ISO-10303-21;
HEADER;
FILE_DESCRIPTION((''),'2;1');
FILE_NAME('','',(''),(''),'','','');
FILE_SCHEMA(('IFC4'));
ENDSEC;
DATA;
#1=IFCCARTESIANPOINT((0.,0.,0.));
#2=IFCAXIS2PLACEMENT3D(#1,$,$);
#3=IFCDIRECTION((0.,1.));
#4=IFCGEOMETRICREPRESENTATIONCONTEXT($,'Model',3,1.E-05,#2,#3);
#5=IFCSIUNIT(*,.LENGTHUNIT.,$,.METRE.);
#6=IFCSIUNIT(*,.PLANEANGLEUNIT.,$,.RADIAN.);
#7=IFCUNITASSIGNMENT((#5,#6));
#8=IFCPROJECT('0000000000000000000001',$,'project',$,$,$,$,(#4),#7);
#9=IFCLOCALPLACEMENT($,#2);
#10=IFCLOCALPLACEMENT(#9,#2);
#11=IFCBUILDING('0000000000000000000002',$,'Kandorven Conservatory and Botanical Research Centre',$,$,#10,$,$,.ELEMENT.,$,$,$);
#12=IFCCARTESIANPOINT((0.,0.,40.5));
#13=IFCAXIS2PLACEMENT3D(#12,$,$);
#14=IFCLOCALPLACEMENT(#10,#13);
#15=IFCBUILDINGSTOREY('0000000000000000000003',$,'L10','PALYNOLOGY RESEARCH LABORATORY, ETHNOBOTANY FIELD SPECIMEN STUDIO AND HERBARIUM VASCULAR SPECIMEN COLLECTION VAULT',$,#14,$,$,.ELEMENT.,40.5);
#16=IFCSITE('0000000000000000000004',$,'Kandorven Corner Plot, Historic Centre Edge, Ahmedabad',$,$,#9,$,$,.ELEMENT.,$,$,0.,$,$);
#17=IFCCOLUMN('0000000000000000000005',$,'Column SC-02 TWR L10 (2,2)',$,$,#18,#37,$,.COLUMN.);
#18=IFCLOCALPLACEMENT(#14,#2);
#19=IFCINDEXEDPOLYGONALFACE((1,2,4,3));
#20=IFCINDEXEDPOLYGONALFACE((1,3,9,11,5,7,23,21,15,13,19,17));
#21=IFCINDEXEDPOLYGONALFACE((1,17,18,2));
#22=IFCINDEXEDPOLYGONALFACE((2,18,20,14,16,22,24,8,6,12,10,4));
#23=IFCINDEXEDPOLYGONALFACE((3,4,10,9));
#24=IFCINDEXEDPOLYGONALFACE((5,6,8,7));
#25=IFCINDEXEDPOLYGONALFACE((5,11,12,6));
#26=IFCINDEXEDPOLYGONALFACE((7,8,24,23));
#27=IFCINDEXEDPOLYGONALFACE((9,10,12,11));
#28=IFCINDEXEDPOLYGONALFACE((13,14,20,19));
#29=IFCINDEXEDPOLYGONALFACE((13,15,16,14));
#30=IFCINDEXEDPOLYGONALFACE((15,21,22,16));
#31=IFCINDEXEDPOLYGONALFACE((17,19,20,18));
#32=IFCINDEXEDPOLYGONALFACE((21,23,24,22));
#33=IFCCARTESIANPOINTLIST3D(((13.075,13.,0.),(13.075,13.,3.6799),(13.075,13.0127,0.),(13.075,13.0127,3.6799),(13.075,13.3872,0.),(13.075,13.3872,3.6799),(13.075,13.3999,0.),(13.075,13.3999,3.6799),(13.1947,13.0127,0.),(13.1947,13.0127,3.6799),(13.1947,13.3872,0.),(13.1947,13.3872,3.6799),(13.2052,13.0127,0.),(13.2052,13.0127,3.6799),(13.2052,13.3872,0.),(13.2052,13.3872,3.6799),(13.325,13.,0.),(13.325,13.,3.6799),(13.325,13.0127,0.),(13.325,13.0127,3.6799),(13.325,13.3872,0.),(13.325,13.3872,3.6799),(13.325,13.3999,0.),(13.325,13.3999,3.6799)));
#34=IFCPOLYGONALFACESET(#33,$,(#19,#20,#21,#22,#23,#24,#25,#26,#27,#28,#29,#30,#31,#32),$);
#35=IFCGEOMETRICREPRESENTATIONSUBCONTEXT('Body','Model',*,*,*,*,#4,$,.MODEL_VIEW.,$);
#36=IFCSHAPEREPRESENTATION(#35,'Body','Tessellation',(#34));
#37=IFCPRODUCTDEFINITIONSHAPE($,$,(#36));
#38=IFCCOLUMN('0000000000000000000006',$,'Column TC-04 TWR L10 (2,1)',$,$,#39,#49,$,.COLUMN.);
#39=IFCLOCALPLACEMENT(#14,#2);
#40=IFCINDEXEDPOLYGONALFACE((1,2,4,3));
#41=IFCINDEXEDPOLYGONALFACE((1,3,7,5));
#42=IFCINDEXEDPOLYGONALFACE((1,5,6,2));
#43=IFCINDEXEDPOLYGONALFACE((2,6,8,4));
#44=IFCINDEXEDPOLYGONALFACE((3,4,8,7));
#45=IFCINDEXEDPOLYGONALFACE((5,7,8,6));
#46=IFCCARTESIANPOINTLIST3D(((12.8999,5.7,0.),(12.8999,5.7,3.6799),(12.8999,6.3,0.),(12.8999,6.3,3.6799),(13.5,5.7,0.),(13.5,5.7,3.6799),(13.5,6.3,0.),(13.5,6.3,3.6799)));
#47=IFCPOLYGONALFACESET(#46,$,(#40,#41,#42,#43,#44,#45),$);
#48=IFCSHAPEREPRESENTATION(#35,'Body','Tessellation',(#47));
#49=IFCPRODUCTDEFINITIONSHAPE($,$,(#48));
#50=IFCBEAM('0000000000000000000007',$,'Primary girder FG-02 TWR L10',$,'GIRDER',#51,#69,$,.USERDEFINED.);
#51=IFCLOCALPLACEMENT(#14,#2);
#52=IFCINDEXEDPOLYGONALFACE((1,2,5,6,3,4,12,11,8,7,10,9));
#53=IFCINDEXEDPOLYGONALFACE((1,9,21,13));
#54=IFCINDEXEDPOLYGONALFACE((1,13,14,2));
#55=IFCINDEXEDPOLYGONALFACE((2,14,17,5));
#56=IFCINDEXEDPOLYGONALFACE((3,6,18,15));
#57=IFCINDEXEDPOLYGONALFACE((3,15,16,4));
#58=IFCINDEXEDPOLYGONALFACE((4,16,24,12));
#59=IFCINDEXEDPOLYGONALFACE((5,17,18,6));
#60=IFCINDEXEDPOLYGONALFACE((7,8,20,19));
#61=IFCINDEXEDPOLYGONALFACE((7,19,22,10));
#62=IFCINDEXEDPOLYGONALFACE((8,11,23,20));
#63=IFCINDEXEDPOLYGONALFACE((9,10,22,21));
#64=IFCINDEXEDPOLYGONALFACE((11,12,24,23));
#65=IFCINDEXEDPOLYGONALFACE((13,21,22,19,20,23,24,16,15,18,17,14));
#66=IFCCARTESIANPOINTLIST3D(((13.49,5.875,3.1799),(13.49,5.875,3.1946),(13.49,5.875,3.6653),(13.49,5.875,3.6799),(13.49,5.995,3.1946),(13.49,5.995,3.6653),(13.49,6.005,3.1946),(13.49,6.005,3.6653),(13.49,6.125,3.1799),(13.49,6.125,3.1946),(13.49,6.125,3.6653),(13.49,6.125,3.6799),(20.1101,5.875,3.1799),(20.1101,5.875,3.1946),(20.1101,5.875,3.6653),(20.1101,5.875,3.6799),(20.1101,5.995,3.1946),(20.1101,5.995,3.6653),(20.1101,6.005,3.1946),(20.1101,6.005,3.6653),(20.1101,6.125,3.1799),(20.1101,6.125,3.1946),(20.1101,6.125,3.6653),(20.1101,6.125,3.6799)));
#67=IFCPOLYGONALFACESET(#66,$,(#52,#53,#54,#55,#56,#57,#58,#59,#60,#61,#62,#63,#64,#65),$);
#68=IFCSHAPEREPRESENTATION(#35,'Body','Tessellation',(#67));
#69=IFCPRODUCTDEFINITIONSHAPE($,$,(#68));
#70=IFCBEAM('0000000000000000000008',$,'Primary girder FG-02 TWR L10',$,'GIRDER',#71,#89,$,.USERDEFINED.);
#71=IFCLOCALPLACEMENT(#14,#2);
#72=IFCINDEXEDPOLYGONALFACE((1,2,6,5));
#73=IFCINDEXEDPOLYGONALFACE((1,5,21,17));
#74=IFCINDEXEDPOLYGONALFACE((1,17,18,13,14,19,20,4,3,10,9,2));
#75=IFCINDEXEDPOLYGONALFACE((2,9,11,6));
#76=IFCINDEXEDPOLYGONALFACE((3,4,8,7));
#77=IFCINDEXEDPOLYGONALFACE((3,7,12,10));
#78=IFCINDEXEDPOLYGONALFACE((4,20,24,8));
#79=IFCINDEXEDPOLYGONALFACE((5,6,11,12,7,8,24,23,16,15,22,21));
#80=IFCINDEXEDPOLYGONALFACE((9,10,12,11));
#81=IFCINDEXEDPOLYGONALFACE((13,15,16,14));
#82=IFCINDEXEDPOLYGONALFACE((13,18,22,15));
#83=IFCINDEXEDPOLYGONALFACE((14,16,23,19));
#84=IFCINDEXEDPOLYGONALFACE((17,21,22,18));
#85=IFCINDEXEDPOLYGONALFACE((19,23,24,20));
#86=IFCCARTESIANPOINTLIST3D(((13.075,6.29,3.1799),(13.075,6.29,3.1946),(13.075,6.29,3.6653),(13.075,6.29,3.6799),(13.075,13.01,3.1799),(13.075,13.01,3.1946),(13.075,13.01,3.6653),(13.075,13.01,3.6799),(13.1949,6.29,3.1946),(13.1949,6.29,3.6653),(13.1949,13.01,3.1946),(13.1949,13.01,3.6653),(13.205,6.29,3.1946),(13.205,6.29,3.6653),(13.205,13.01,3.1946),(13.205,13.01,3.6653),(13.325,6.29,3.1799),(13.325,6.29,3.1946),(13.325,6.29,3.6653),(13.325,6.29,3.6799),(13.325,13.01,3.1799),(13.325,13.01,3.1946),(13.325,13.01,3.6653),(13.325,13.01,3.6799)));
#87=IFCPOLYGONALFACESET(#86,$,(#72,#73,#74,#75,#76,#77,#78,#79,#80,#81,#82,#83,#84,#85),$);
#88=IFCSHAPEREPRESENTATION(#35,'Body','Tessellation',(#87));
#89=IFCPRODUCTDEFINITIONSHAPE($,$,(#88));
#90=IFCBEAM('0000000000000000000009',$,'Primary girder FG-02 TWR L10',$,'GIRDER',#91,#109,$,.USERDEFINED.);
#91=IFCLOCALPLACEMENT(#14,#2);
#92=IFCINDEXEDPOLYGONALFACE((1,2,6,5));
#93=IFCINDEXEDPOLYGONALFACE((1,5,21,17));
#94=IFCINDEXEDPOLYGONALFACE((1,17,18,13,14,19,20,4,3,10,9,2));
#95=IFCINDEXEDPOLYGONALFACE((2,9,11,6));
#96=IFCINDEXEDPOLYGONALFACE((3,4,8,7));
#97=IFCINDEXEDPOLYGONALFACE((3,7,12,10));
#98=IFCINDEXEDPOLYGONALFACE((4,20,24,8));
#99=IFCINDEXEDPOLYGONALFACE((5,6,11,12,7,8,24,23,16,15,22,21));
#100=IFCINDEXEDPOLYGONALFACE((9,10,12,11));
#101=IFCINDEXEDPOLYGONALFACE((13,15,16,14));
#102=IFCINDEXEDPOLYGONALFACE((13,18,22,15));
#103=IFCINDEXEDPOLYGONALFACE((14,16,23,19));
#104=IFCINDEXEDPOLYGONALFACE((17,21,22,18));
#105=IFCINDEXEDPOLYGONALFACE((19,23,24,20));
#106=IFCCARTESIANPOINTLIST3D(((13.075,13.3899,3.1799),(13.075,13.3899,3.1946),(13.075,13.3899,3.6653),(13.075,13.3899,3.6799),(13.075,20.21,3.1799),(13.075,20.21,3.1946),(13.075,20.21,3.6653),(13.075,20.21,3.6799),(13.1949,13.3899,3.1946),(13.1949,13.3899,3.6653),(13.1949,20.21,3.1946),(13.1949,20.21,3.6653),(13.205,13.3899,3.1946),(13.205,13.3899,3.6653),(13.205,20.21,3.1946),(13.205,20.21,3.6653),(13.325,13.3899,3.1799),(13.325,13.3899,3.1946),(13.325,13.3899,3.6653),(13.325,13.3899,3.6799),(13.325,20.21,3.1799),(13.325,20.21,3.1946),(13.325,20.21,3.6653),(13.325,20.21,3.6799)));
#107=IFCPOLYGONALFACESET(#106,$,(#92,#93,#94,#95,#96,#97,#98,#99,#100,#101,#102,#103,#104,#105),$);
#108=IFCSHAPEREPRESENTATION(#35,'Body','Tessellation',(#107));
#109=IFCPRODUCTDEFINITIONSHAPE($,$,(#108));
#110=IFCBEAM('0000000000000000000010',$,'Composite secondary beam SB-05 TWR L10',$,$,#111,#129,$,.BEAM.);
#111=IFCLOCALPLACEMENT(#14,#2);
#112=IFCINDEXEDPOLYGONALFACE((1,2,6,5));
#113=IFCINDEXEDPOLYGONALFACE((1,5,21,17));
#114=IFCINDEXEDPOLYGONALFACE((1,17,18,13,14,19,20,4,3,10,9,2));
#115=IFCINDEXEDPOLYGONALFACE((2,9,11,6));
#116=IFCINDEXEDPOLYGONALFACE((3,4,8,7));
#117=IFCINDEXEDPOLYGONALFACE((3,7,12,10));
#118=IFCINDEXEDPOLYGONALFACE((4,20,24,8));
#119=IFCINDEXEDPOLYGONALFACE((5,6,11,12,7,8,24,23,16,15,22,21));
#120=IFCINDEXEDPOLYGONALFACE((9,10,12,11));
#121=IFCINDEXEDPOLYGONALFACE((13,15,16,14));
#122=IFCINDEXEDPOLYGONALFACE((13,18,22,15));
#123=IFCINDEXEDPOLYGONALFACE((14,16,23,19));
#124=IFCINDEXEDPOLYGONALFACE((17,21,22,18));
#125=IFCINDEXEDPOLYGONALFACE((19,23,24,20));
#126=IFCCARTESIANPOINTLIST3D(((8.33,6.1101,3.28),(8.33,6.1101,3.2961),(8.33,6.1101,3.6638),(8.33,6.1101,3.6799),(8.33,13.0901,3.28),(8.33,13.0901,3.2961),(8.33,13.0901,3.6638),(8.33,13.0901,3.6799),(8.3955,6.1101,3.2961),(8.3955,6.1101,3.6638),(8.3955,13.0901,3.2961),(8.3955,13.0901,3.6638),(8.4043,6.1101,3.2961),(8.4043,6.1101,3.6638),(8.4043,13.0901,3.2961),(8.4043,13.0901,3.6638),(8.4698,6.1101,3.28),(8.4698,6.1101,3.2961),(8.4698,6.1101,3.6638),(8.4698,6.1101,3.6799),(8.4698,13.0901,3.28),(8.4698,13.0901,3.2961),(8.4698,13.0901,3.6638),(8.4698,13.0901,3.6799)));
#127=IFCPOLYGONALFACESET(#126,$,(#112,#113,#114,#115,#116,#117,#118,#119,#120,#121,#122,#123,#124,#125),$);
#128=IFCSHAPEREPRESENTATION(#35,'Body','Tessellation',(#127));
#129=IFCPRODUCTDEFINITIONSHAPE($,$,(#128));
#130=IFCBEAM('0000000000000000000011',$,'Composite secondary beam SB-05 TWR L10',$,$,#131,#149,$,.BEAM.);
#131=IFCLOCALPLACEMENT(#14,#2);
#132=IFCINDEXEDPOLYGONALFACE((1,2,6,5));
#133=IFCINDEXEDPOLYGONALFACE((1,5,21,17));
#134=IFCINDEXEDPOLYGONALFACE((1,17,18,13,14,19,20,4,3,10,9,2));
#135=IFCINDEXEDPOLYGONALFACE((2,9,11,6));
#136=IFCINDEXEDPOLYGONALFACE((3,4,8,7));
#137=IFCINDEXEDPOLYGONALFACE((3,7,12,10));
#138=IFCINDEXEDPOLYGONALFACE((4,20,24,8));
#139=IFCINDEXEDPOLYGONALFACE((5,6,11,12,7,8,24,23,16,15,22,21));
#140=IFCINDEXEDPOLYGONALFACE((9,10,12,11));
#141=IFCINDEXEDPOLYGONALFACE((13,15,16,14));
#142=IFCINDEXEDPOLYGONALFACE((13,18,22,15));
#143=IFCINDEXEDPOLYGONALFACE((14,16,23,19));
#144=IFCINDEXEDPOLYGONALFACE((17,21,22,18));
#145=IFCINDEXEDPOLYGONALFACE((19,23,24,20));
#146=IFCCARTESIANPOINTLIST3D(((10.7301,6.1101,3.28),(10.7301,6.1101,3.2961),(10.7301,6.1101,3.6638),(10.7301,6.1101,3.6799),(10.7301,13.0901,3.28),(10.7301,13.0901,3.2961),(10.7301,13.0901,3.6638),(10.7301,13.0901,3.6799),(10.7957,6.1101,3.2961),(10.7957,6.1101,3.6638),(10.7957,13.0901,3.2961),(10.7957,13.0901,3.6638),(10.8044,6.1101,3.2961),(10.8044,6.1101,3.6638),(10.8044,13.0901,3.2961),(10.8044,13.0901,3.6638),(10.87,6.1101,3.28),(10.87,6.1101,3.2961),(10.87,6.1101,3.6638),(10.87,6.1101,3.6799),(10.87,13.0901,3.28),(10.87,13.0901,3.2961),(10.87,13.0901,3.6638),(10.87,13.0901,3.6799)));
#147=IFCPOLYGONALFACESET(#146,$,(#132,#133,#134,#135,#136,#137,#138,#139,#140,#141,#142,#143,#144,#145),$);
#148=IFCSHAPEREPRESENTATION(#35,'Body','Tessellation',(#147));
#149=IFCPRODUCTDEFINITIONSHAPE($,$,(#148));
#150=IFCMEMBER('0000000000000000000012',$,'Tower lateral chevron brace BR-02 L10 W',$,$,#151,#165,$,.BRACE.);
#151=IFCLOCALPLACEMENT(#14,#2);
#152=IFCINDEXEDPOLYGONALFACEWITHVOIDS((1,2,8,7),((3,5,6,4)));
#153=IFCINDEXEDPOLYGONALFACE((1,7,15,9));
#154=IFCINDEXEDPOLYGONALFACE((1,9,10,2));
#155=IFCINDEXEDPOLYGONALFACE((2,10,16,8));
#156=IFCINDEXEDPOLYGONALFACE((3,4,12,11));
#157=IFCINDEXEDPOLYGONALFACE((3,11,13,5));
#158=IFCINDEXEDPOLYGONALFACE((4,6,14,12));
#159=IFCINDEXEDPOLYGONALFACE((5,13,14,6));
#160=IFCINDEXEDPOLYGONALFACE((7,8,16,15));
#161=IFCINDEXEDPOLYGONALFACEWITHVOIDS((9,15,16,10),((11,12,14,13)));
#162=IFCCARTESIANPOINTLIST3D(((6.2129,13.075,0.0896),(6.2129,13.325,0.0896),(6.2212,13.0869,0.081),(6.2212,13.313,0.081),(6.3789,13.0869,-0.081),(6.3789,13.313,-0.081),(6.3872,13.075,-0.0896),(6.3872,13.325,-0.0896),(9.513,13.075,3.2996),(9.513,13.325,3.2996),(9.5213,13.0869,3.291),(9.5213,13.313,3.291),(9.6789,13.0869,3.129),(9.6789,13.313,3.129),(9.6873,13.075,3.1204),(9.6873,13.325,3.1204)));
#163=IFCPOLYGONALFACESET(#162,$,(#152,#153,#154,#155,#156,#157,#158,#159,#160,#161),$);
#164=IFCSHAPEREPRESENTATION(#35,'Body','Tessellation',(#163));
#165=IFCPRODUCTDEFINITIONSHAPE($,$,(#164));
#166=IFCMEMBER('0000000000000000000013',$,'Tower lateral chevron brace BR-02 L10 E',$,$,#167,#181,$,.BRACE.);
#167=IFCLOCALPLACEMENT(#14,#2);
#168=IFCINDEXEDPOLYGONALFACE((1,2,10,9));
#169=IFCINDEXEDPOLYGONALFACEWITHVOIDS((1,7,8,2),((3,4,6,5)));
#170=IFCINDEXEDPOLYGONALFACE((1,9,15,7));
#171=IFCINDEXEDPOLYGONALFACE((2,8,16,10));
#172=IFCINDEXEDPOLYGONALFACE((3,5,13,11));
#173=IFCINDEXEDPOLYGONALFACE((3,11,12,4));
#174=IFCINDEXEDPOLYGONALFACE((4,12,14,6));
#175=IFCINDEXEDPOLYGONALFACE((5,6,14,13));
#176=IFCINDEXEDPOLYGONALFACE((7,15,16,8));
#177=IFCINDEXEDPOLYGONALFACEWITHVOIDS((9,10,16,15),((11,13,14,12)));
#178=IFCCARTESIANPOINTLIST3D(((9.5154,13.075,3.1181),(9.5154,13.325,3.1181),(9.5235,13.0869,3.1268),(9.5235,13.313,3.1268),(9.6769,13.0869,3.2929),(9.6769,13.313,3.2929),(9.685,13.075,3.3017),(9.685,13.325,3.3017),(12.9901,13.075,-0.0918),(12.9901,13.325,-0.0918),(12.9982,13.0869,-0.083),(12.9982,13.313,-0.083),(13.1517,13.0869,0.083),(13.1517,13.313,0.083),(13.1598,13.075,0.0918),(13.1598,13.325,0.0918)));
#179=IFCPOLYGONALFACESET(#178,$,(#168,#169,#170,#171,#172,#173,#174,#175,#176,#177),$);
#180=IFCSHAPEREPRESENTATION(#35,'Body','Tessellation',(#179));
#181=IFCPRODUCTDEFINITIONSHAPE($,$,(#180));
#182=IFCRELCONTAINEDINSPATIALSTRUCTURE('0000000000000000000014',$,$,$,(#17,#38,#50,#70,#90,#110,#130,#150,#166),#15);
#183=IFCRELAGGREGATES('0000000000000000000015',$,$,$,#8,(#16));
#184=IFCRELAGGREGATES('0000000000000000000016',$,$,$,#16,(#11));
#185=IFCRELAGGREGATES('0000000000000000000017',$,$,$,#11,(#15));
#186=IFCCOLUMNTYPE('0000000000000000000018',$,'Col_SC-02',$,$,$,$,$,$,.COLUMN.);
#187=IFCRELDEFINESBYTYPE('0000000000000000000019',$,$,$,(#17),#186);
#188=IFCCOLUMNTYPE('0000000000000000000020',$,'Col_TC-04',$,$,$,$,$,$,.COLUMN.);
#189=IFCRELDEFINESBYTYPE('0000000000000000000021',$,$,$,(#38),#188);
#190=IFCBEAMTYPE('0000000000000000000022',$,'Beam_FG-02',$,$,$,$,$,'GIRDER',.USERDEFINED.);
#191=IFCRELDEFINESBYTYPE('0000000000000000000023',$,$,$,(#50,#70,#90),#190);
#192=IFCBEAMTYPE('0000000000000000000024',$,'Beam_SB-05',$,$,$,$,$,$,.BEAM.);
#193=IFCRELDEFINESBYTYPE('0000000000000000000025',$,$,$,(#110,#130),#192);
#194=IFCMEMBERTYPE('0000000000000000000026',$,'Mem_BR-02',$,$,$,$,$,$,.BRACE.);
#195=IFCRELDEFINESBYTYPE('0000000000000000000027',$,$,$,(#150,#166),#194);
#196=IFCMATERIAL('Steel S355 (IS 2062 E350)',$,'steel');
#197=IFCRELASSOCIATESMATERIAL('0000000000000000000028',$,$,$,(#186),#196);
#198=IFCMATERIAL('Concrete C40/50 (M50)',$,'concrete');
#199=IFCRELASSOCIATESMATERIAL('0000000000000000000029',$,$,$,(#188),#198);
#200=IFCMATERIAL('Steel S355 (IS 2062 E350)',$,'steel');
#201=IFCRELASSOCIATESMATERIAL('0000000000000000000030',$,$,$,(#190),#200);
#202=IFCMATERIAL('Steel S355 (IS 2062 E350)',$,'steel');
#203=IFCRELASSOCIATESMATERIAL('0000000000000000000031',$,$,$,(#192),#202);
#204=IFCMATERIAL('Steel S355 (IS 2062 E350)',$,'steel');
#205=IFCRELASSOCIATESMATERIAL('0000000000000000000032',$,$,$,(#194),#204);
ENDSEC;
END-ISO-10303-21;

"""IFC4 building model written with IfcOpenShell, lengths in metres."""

from ifc_helpers import new_model, si_unit, direction, frame, origin, origin_2d, place, context, subcontext, project, spatial, rectangle, hollow_rectangle, i_section, extrude, material, material_profile, profile_set, type_object, element, save


model = new_model("IFC4")

# Units and contexts
model_context = context("Model", 3, precision=1e-05, world=origin(), true_north=direction((0.0, 1.0)))
body_context = subcontext(model_context, "Body", "Model", "MODEL_VIEW")
ifc_project = project(units=[si_unit("LENGTHUNIT", "METRE"), si_unit("PLANEANGLEUNIT", "RADIAN")], contexts=[model_context])

# Site, building, storey
site_placement = place(None, origin())
site = spatial("IfcSite", under=ifc_project, at=site_placement, Name="Kandorven Corner Plot, Historic Centre Edge, Ahmedabad", CompositionType="ELEMENT", RefElevation=0.0)
building_placement = place(site_placement, origin())
building = spatial("IfcBuilding", under=site, at=building_placement, Name="Kandorven Conservatory and Botanical Research Centre", CompositionType="ELEMENT")
storey_placement = place(building_placement, frame((0.0, 0.0, 40.5)))
storey = spatial("IfcBuildingStorey", under=building, at=storey_placement, Name="L10", Description="PALYNOLOGY RESEARCH LABORATORY, ETHNOBOTANY FIELD SPECIMEN STUDIO AND HERBARIUM VASCULAR SPECIMEN COLLECTION VAULT", CompositionType="ELEMENT", Elevation=40.5)

# Columns
ifc_material_1 = material(Name="Steel S355 (IS 2062 E350)", Category="steel")
ifc_material_profile_1 = material_profile(ifc_material_1, i_section(OverallWidth=0.25, OverallDepth=0.3999, WebThickness=0.0105, FlangeThickness=0.0127, at=origin_2d()))
ifc_profile_set_1 = profile_set([ifc_material_profile_1], Name="Steel S355 (IS 2062 E350)")
column_type_1 = type_object("IfcColumnType", Name="Col_SC-02", PredefinedType="COLUMN", material=ifc_profile_set_1)
column_1_placement = place(storey_placement, frame((13.2, 13.2, 0.0), z_axis=(0.0, 0.0, 1.0), x_axis=(1.0, 0.0, 0.0)))
element("IfcColumn", 1, at=column_1_placement, inside=storey, type_object=column_type_1, Name="Column SC-02 TWR L10 (2,2)", PredefinedType="COLUMN", context=body_context, shape_type="SweptSolid", body=[
    extrude(i_section(OverallWidth=0.25, OverallDepth=0.3999, WebThickness=0.0105, FlangeThickness=0.0127, at=origin_2d()), origin(), (0.0, 0.0, 1.0), 3.6799),
])
ifc_material_2 = material(Name="Concrete C40/50 (M50)", Category="concrete")
ifc_material_profile_2 = material_profile(ifc_material_2, rectangle(XDim=0.6001, YDim=0.6001, at=origin_2d()))
ifc_profile_set_2 = profile_set([ifc_material_profile_2], Name="Concrete C40/50 (M50)")
column_type_2 = type_object("IfcColumnType", Name="Col_TC-04", PredefinedType="COLUMN", material=ifc_profile_set_2)
column_2_placement = place(storey_placement, frame((13.2, 6.0, 0.0), z_axis=(0.0, 0.0, 1.0), x_axis=(1.0, 0.0, 0.0)))
element("IfcColumn", 2, at=column_2_placement, inside=storey, type_object=column_type_2, Name="Column TC-04 TWR L10 (2,1)", PredefinedType="COLUMN", context=body_context, shape_type="SweptSolid", body=[
    extrude(rectangle(XDim=0.6001, YDim=0.6001, at=origin_2d()), origin(), (0.0, 0.0, 1.0), 3.6799),
])

# Beams
ifc_material_3 = material(Name="Steel S355 (IS 2062 E350)", Category="steel")
ifc_material_profile_3 = material_profile(ifc_material_3, i_section(OverallWidth=0.25, OverallDepth=0.5, WebThickness=0.01, FlangeThickness=0.0146, at=origin_2d()))
ifc_profile_set_3 = profile_set([ifc_material_profile_3], Name="Steel S355 (IS 2062 E350)")
beam_type_1 = type_object("IfcBeamType", Name="Beam_FG-02", ElementType="GIRDER", PredefinedType="USERDEFINED", material=ifc_profile_set_3)
beam_1_placement = place(storey_placement, frame((13.49, 6.0, 3.4299), z_axis=(1.0, 0.0, 0.0), x_axis=(0.0, 1.0, 0.0)))
element("IfcBeam", 3, at=beam_1_placement, inside=storey, type_object=beam_type_1, Name="Primary girder FG-02 TWR L10", ObjectType="GIRDER", PredefinedType="USERDEFINED", context=body_context, shape_type="SweptSolid", body=[
    extrude(i_section(OverallWidth=0.25, OverallDepth=0.5, WebThickness=0.01, FlangeThickness=0.0146, at=origin_2d()), origin(), (0.0, 0.0, 1.0), 6.6201),
])
beam_2_placement = place(storey_placement, frame((13.2, 6.29, 3.4299), z_axis=(0.0, 1.0, 0.0), x_axis=(-1.0, 0.0, 0.0)))
element("IfcBeam", 4, at=beam_2_placement, inside=storey, type_object=beam_type_1, Name="Primary girder FG-02 TWR L10", ObjectType="GIRDER", PredefinedType="USERDEFINED", context=body_context, shape_type="SweptSolid", body=[
    extrude(i_section(OverallWidth=0.25, OverallDepth=0.5, WebThickness=0.01, FlangeThickness=0.0146, at=origin_2d()), origin(), (0.0, 0.0, 1.0), 6.72),
])
beam_3_placement = place(storey_placement, frame((13.2, 13.3899, 3.4299), z_axis=(0.0, 1.0, 0.0), x_axis=(-1.0, 0.0, 0.0)))
element("IfcBeam", 5, at=beam_3_placement, inside=storey, type_object=beam_type_1, Name="Primary girder FG-02 TWR L10", ObjectType="GIRDER", PredefinedType="USERDEFINED", context=body_context, shape_type="SweptSolid", body=[
    extrude(i_section(OverallWidth=0.25, OverallDepth=0.5, WebThickness=0.01, FlangeThickness=0.0146, at=origin_2d()), origin(), (0.0, 0.0, 1.0), 6.8201),
])
ifc_material_4 = material(Name="Steel S355 (IS 2062 E350)", Category="steel")
ifc_material_profile_4 = material_profile(ifc_material_4, i_section(OverallWidth=0.1399, OverallDepth=0.3999, WebThickness=0.0088, FlangeThickness=0.0161, at=origin_2d()))
ifc_profile_set_4 = profile_set([ifc_material_profile_4], Name="Steel S355 (IS 2062 E350)")
beam_type_2 = type_object("IfcBeamType", Name="Beam_SB-05", PredefinedType="BEAM", material=ifc_profile_set_4)
for number, where, z_axis, x_axis, name in (
    (6, (8.3999, 6.1101, 3.48), (0.0, 1.0, 0.0), (-1.0, 0.0, 0.0), "Composite secondary beam SB-05 TWR L10"),
    (7, (10.8, 6.1101, 3.48), (0.0, 1.0, 0.0), (-1.0, 0.0, 0.0), "Composite secondary beam SB-05 TWR L10"),
):
    element("IfcBeam", number, at=place(storey_placement, frame(where, z_axis=z_axis, x_axis=x_axis)), inside=storey, type_object=beam_type_2, Name=name, PredefinedType="BEAM", context=body_context, shape_type="SweptSolid", body=[
        extrude(i_section(OverallWidth=0.1399, OverallDepth=0.3999, WebThickness=0.0088, FlangeThickness=0.0161, at=origin_2d()), origin(), (0.0, 0.0, 1.0), 6.98),
    ])

# Members
ifc_material_5 = material(Name="Steel S355 (IS 2062 E350)", Category="steel")
ifc_material_profile_5 = material_profile(ifc_material_5, hollow_rectangle(XDim=0.25, YDim=0.25, WallThickness=0.012, at=origin_2d()))
ifc_profile_set_5 = profile_set([ifc_material_profile_5], Name="Steel S355 (IS 2062 E350)")
member_type_1 = type_object("IfcMemberType", Name="Mem_BR-02", PredefinedType="BRACE", material=ifc_profile_set_5)
member_1_placement = place(storey_placement, frame((6.3, 13.2, 0.0), z_axis=(0.716823, 0.0, 0.697255), x_axis=(0.0, 1.0, 0.0)))
element("IfcMember", 8, at=member_1_placement, inside=storey, type_object=member_type_1, Name="Tower lateral chevron brace BR-02 L10 W", PredefinedType="BRACE", context=body_context, shape_type="SweptSolid", body=[
    extrude(hollow_rectangle(XDim=0.25, YDim=0.25, WallThickness=0.012, at=origin_2d()), origin(), (0.0, 0.0, 1.0), 4.6038),
])
member_2_placement = place(storey_placement, frame((13.075, 13.2, 0.0), z_axis=(-0.73455, 0.0, 0.678554), x_axis=(0.0, -1.0, 0.0)))
element("IfcMember", 9, at=member_2_placement, inside=storey, type_object=member_type_1, Name="Tower lateral chevron brace BR-02 L10 E", PredefinedType="BRACE", context=body_context, shape_type="SweptSolid", body=[
    extrude(hollow_rectangle(XDim=0.25, YDim=0.25, WallThickness=0.012, at=origin_2d()), origin(), (0.0, 0.0, 1.0), 4.7305),
])

save(model, "model.ifc")
